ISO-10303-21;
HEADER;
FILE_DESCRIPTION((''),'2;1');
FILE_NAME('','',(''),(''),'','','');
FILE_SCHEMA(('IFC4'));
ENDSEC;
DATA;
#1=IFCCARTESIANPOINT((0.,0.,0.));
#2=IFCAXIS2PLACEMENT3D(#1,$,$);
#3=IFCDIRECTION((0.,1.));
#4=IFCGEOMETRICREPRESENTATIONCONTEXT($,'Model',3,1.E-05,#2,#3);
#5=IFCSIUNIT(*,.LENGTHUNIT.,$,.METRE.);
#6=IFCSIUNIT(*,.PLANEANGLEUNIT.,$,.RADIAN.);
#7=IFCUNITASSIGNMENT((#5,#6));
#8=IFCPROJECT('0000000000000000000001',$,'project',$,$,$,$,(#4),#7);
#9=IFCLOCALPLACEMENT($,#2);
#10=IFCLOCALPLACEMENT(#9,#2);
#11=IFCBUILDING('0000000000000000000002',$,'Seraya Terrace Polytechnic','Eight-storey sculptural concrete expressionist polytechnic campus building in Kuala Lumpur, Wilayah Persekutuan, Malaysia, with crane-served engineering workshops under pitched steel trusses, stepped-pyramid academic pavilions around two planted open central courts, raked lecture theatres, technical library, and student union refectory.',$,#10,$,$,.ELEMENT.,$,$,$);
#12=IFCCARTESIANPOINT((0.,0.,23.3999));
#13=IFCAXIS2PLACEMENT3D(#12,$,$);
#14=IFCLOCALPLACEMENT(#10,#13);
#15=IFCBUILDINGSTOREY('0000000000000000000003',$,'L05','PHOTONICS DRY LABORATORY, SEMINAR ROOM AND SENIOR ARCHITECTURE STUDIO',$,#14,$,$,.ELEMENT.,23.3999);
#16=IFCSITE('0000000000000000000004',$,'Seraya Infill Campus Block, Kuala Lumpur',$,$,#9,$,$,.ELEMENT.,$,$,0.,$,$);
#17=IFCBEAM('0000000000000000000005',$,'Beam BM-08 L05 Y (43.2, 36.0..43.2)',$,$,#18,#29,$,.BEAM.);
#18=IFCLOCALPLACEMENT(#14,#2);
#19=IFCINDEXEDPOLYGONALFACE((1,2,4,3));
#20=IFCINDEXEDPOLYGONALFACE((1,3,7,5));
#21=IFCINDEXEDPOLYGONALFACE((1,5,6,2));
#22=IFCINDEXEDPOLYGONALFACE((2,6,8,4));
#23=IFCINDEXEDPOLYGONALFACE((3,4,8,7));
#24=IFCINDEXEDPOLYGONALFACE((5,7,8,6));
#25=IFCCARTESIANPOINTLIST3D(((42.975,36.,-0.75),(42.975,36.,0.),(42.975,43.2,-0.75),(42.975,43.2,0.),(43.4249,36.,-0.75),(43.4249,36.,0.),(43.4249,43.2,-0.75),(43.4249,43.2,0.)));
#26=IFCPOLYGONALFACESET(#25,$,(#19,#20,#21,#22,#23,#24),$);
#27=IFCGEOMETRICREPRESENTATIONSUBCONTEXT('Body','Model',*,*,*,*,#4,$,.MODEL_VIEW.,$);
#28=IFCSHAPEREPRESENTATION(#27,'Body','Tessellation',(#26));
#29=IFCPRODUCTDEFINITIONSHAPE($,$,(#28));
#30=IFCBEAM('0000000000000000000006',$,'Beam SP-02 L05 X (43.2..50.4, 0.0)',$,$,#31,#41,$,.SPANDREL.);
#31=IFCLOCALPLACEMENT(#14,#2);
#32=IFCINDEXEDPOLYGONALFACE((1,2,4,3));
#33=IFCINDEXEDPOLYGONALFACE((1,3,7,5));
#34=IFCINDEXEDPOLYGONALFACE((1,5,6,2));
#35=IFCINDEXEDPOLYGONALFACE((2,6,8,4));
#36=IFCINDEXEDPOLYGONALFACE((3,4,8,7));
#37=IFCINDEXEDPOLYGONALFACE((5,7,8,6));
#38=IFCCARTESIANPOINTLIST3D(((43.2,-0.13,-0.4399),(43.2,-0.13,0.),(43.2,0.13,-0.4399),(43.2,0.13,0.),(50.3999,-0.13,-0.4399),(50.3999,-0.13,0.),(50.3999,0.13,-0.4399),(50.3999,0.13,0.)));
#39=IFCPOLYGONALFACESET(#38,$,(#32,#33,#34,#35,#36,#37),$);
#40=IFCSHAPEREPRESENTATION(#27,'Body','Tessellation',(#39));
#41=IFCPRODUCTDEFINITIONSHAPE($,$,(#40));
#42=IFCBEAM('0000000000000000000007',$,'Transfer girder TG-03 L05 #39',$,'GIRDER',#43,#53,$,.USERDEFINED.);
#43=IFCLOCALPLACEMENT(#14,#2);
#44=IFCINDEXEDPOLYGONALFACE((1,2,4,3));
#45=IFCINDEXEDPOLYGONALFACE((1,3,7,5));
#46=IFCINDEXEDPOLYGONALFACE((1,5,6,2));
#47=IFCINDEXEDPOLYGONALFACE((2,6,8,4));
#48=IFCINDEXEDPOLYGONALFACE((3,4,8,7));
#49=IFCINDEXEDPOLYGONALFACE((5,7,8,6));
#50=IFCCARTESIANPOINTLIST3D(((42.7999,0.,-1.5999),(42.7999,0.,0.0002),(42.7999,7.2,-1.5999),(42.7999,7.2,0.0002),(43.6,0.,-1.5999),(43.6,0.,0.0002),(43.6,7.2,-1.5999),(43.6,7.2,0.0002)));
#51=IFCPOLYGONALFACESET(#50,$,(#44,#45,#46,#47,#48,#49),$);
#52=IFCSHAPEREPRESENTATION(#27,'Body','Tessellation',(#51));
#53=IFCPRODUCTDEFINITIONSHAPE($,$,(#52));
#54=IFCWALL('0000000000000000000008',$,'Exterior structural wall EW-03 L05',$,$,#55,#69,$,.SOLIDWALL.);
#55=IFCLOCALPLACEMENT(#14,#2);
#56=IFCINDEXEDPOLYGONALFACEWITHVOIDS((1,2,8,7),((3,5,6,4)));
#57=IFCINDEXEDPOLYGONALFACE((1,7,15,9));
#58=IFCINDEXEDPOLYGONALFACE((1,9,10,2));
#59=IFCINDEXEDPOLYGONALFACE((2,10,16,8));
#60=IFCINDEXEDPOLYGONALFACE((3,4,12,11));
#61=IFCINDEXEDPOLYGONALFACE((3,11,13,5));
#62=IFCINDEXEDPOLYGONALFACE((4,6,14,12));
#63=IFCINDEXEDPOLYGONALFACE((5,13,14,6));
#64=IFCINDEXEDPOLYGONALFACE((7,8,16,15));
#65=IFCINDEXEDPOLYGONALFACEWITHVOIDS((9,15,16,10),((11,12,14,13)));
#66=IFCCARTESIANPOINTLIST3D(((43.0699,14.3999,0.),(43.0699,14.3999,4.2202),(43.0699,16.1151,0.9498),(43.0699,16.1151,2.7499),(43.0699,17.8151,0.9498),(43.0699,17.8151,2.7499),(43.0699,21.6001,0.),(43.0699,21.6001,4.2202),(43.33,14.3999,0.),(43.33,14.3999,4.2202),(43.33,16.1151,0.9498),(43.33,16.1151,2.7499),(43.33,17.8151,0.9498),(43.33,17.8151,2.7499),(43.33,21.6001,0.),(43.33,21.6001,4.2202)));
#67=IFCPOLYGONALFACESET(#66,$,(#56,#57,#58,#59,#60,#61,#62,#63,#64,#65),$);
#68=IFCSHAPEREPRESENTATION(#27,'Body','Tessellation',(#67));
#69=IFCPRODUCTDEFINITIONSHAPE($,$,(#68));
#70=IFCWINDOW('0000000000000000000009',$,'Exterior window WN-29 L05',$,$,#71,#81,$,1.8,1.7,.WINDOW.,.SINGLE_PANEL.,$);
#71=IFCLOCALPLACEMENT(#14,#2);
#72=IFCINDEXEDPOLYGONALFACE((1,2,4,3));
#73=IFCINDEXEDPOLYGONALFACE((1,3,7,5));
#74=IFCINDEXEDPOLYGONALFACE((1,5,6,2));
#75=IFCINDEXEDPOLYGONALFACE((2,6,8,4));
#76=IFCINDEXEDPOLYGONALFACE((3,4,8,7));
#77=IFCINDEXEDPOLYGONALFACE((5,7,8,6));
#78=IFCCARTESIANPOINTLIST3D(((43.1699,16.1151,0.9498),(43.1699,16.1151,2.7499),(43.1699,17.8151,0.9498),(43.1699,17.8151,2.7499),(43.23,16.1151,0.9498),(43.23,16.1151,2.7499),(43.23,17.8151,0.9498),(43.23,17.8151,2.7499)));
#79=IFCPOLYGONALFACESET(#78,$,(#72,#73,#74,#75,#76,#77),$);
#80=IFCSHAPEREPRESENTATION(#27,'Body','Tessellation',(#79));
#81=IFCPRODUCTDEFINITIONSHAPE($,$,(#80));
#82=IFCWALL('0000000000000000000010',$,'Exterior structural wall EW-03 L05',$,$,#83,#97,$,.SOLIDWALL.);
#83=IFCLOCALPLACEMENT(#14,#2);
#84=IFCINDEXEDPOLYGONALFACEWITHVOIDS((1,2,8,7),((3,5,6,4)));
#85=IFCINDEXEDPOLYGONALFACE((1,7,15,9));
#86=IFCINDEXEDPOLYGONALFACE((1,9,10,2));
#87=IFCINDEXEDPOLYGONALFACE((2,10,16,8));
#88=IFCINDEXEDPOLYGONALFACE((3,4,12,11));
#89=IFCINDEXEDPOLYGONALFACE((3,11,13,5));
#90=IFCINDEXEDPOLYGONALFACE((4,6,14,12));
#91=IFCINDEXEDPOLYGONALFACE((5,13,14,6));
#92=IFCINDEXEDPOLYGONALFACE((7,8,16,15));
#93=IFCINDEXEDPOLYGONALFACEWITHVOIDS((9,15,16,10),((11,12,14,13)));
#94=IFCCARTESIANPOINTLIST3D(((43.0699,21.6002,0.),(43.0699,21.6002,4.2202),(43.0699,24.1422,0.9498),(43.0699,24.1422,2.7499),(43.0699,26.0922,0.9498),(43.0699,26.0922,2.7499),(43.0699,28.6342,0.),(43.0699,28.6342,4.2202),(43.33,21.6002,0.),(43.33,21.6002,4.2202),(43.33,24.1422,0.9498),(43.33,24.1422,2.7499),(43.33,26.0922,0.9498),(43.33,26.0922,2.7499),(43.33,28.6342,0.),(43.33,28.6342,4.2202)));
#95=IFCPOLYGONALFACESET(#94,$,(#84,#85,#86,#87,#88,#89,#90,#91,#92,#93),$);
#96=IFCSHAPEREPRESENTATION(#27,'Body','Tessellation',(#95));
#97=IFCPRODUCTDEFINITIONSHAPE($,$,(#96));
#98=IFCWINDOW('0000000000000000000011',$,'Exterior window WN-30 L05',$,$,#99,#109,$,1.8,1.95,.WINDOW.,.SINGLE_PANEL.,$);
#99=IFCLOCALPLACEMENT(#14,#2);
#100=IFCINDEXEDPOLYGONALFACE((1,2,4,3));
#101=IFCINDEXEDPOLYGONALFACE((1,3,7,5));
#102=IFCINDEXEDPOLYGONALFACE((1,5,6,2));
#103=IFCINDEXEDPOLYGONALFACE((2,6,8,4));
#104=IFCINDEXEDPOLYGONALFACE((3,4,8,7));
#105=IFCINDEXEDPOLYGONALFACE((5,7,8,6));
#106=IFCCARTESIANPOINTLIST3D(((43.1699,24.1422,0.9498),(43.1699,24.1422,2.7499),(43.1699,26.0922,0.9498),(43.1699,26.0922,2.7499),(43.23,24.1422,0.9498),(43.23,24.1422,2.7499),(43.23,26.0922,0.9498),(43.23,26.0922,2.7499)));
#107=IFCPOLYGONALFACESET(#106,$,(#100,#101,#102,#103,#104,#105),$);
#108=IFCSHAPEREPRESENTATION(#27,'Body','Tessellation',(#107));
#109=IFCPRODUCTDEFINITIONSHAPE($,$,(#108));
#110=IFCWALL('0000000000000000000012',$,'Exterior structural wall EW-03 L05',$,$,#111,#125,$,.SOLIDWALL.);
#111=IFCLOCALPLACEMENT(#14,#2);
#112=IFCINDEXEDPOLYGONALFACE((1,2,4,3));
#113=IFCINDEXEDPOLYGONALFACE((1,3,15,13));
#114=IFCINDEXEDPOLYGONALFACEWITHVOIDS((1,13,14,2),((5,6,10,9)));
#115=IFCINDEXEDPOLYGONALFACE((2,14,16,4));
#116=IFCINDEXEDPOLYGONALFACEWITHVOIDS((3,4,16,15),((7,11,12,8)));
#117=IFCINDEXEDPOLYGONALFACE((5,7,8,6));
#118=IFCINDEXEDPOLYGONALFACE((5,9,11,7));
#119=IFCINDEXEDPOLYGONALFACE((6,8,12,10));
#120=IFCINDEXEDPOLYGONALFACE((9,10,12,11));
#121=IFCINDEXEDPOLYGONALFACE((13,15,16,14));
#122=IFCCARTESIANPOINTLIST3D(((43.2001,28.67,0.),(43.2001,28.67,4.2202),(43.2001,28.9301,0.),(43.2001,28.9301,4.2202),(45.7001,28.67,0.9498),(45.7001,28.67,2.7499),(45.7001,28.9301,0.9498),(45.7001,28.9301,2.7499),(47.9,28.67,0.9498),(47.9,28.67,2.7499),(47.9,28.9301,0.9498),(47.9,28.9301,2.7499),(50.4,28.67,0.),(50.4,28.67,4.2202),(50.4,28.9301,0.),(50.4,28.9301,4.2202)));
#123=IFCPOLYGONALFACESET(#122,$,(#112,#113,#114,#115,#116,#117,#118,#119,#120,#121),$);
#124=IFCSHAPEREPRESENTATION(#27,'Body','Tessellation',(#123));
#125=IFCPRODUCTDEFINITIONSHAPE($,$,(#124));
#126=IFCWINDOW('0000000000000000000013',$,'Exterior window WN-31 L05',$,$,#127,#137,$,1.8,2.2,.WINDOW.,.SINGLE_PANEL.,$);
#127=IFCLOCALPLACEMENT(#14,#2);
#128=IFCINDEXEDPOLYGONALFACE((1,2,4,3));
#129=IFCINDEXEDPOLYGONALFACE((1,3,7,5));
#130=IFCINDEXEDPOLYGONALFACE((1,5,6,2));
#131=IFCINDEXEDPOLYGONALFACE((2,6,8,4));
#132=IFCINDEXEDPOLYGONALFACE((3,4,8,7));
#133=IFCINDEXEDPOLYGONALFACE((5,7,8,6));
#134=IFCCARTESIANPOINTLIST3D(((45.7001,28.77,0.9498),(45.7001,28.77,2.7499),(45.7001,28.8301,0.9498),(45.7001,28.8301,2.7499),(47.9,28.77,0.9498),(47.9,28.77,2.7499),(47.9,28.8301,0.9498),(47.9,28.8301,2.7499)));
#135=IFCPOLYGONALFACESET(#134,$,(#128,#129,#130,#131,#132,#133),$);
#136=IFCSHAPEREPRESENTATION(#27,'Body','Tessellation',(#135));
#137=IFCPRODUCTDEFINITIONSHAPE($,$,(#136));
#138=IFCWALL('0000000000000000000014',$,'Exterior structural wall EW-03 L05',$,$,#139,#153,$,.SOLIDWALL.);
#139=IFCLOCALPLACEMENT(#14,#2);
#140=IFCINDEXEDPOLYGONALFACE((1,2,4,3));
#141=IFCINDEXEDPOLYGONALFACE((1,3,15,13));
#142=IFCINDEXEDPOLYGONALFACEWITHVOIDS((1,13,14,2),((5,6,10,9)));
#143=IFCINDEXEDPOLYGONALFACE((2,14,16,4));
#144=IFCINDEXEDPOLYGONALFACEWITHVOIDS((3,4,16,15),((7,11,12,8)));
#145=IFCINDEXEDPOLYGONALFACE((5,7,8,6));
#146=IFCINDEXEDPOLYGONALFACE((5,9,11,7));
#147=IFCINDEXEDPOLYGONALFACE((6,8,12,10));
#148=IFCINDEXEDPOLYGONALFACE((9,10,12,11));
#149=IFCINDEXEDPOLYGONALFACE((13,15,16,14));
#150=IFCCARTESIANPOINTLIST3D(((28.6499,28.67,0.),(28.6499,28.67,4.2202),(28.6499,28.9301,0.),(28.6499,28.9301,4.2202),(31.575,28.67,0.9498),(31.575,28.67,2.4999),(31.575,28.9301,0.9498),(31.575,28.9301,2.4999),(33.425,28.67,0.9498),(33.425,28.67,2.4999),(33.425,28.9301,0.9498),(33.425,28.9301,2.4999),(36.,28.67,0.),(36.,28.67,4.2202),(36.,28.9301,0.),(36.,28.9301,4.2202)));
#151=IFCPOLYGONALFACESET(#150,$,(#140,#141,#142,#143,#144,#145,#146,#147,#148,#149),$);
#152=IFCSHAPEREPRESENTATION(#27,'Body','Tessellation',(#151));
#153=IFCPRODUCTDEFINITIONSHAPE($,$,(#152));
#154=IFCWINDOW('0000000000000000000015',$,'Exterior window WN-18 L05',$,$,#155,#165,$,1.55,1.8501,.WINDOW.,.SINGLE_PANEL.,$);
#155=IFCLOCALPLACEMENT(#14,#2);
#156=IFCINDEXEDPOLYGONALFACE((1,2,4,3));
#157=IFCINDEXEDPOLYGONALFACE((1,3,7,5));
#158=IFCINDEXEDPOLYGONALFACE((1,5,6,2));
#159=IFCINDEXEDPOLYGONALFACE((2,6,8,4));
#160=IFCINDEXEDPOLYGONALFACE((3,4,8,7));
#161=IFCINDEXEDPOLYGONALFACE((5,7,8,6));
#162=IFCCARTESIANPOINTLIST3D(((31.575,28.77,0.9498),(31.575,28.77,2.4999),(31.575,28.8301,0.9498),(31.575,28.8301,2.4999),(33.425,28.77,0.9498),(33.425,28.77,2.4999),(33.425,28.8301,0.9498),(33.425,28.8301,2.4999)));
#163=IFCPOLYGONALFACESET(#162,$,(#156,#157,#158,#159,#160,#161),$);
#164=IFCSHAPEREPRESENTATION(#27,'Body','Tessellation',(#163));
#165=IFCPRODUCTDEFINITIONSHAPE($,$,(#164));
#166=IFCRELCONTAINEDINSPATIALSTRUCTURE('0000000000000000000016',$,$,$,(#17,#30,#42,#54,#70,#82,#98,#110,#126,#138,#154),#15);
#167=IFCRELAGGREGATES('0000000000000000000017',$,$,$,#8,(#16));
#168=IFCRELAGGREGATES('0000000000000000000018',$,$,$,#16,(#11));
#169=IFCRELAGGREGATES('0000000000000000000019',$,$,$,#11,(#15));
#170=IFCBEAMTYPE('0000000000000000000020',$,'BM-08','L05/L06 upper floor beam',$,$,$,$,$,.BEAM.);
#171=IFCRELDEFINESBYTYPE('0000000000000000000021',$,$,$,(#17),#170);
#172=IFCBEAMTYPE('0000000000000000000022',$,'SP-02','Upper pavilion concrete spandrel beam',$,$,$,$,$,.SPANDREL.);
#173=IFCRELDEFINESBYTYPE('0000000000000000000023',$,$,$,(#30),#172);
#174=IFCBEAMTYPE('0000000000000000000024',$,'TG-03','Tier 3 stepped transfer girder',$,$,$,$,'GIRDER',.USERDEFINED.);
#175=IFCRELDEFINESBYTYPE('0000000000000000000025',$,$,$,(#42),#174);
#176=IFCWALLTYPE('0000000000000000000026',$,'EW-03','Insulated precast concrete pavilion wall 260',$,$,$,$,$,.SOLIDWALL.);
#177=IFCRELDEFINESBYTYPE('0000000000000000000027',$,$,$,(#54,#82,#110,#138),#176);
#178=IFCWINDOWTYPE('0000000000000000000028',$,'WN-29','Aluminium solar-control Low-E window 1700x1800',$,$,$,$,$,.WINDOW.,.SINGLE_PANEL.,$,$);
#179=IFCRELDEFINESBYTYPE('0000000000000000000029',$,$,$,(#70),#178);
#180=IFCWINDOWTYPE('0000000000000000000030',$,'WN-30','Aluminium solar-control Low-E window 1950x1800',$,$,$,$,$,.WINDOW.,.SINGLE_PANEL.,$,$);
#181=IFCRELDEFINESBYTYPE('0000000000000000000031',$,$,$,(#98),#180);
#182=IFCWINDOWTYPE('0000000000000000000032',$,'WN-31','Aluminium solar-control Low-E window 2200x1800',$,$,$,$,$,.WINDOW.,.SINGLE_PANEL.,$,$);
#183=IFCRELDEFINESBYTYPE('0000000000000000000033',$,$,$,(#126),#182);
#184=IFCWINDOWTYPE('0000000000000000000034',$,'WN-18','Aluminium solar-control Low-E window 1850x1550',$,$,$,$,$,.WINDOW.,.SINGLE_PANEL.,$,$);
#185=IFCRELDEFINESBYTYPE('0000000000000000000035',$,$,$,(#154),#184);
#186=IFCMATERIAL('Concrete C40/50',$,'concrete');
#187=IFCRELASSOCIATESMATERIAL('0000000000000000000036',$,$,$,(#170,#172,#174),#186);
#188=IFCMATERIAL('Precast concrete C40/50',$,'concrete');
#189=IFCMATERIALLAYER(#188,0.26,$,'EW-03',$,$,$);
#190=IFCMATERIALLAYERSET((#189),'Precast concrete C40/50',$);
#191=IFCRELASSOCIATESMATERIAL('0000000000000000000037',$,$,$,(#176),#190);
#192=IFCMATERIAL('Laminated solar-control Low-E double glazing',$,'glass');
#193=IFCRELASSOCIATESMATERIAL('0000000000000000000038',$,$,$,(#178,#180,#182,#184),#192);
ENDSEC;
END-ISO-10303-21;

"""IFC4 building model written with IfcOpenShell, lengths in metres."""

from ifc_helpers import new_model, si_unit, direction, frame, frame_2d, origin, origin_2d, place, context, subcontext, project, spatial, rectangle, extrude, material, layer, layer_set, material_profile, profile_set, type_object, element, fill, save


model = new_model("IFC4")

# Units and contexts
model_context = context("Model", 3, precision=1e-05, world=origin(), true_north=direction((0.0, 1.0)))
body_context = subcontext(model_context, "Body", "Model", "MODEL_VIEW")
ifc_project = project(units=[si_unit("LENGTHUNIT", "METRE"), si_unit("PLANEANGLEUNIT", "RADIAN")], contexts=[model_context])

# Site, building, storey
site_placement = place(None, origin())
site = spatial("IfcSite", under=ifc_project, at=site_placement, Name="Seraya Infill Campus Block, Kuala Lumpur", CompositionType="ELEMENT", RefElevation=0.0)
building_placement = place(site_placement, origin())
building = spatial("IfcBuilding", under=site, at=building_placement, Name="Seraya Terrace Polytechnic", Description="Eight-storey sculptural concrete expressionist polytechnic campus building in Kuala Lumpur, Wilayah Persekutuan, Malaysia, with crane-served engineering workshops under pitched steel trusses, stepped-pyramid academic pavilions around two planted open central courts, raked lecture theatres, technical library, and student union refectory.", CompositionType="ELEMENT")
storey_placement = place(building_placement, frame((0.0, 0.0, 23.3999)))
storey = spatial("IfcBuildingStorey", under=building, at=storey_placement, Name="L05", Description="PHOTONICS DRY LABORATORY, SEMINAR ROOM AND SENIOR ARCHITECTURE STUDIO", CompositionType="ELEMENT", Elevation=23.3999)

# Shared definitions
ifc_material_1 = material(Name="Concrete C40/50", Category="concrete")

# Beams
ifc_material_profile_1 = material_profile(ifc_material_1, rectangle(XDim=0.45, YDim=0.75, at=origin_2d()), Name="RC 450x750")
ifc_profile_set_1 = profile_set([ifc_material_profile_1], Name="Concrete C40/50")
beam_type_1 = type_object("IfcBeamType", Name="BM-08", Description="L05/L06 upper floor beam", PredefinedType="BEAM", material=ifc_profile_set_1)
for number, where, z_axis, x_axis, name in (
    (1, (43.2, 36.0, -0.375), (0.0, 1.0, 0.0), (-1.0, 0.0, 0.0), "Beam BM-08 L05 Y (43.2, 36.0..43.2)"),
):
    element("IfcBeam", number, at=place(storey_placement, frame(where, z_axis=z_axis, x_axis=x_axis)), inside=storey, type_object=beam_type_1, Name=name, PredefinedType="BEAM", context=body_context, shape_type="SweptSolid", body=[
        extrude(rectangle(XDim=0.45, YDim=0.75, at=origin_2d()), origin(), (0.0, 0.0, 1.0), 7.2),
    ])
ifc_material_profile_2 = material_profile(ifc_material_1, rectangle(XDim=0.26, YDim=0.4399, at=origin_2d()), Name="RC 260x440")
ifc_profile_set_2 = profile_set([ifc_material_profile_2], Name="Concrete C40/50")
beam_type_2 = type_object("IfcBeamType", Name="SP-02", Description="Upper pavilion concrete spandrel beam", PredefinedType="SPANDREL", material=ifc_profile_set_2)
beam_1_placement = place(storey_placement, frame((43.2, 0.0, -0.22), z_axis=(1.0, 0.0, 0.0), x_axis=(0.0, 1.0, 0.0)))
element("IfcBeam", 2, at=beam_1_placement, inside=storey, type_object=beam_type_2, Name="Beam SP-02 L05 X (43.2..50.4, 0.0)", PredefinedType="SPANDREL", context=body_context, shape_type="SweptSolid", body=[
    extrude(rectangle(XDim=0.26, YDim=0.4399, at=origin_2d()), origin(), (0.0, 0.0, 1.0), 7.2),
])
ifc_material_profile_3 = material_profile(ifc_material_1, rectangle(XDim=0.8, YDim=1.6001, at=origin_2d()), Name="RC 800x1600")
ifc_profile_set_3 = profile_set([ifc_material_profile_3], Name="Concrete C40/50")
beam_type_3 = type_object("IfcBeamType", Name="TG-03", Description="Tier 3 stepped transfer girder", ElementType="GIRDER", PredefinedType="USERDEFINED", material=ifc_profile_set_3)
beam_2_placement = place(storey_placement, frame((43.2, 0.0, -0.7998), z_axis=(0.0, 1.0, 0.0), x_axis=(-1.0, 0.0, 0.0)))
element("IfcBeam", 3, at=beam_2_placement, inside=storey, type_object=beam_type_3, Name="Transfer girder TG-03 L05 #39", ObjectType="GIRDER", PredefinedType="USERDEFINED", context=body_context, shape_type="SweptSolid", body=[
    extrude(rectangle(XDim=0.8, YDim=1.6001, at=origin_2d()), origin(), (0.0, 0.0, 1.0), 7.2),
])

# Walls, openings, windows
ifc_material_2 = material(Name="Precast concrete C40/50", Category="concrete")
ifc_layer_1 = layer(ifc_material_2, 0.26, Name="EW-03")
ifc_layer_set_1 = layer_set([ifc_layer_1], Name="Precast concrete C40/50")
wall_type_1 = type_object("IfcWallType", Name="EW-03", Description="Insulated precast concrete pavilion wall 260", PredefinedType="SOLIDWALL", material=ifc_layer_set_1)
wall_1_placement = place(storey_placement, frame((43.2, 14.3999, 0.0), z_axis=(0.0, 0.0, 1.0), x_axis=(0.0, 1.0, 0.0)))
wall_1 = element("IfcWall", 4, at=wall_1_placement, inside=storey, type_object=wall_type_1, Name="Exterior structural wall EW-03 L05", PredefinedType="SOLIDWALL", context=body_context, shape_type="SweptSolid", body=[
    extrude(rectangle(XDim=7.2002, YDim=0.26, at=frame_2d((3.6001, 0.0))), origin(), (0.0, 0.0, 1.0), 4.2202),
])
opening_1_placement = place(wall_1_placement, frame((1.7151, 0.0, 0.95)))
opening_1 = element("IfcOpeningElement", 5, at=opening_1_placement, cuts=wall_1, PredefinedType="OPENING", context=body_context, shape_type="SweptSolid", body=[
    extrude(rectangle(XDim=1.7, YDim=1.8, at=frame_2d((0.8501, 0.8999))), frame((0.0, 0.1421, 0.0), z_axis=(0.0, -1.0, 0.0), x_axis=(1.0, 0.0, 0.0)), (0.0, 0.0, 1.0), 0.2839),
])
ifc_material_3 = material(Name="Laminated solar-control Low-E double glazing", Category="glass")
window_type_1 = type_object("IfcWindowType", Name="WN-29", Description="Aluminium solar-control Low-E window 1700x1800", PartitioningType="SINGLE_PANEL", PredefinedType="WINDOW", material=ifc_material_3)
window_1_placement = place(opening_1_placement, origin())
window_1 = element("IfcWindow", 6, at=window_1_placement, inside=storey, type_object=window_type_1, Name="Exterior window WN-29 L05", OverallHeight=1.8, OverallWidth=1.7, PartitioningType="SINGLE_PANEL", PredefinedType="WINDOW", context=body_context, shape_type="SweptSolid", body=[
    extrude(rectangle(XDim=1.7, YDim=1.8, at=frame_2d((0.8501, 0.8999))), frame((0.0, 0.03, 0.0), z_axis=(0.0, -1.0, 0.0), x_axis=(1.0, 0.0, 0.0)), (0.0, 0.0, 1.0), 0.0601),
])
fill(opening_1, window_1)
wall_2_placement = place(storey_placement, frame((43.2, 21.6001, 0.0), z_axis=(0.0, 0.0, 1.0), x_axis=(0.0, 1.0, 0.0)))
wall_2 = element("IfcWall", 7, at=wall_2_placement, inside=storey, type_object=wall_type_1, Name="Exterior structural wall EW-03 L05", PredefinedType="SOLIDWALL", context=body_context, shape_type="SweptSolid", body=[
    extrude(rectangle(XDim=7.0339, YDim=0.26, at=frame_2d((3.5171, 0.0))), origin(), (0.0, 0.0, 1.0), 4.2202),
])
opening_2_placement = place(wall_2_placement, frame((2.542, 0.0, 0.95)))
opening_2 = element("IfcOpeningElement", 8, at=opening_2_placement, cuts=wall_2, PredefinedType="OPENING", context=body_context, shape_type="SweptSolid", body=[
    extrude(rectangle(XDim=1.95, YDim=1.8, at=frame_2d((0.9751, 0.8999))), frame((0.0, 0.1421, 0.0), z_axis=(0.0, -1.0, 0.0), x_axis=(1.0, 0.0, 0.0)), (0.0, 0.0, 1.0), 0.2839),
])
window_type_2 = type_object("IfcWindowType", Name="WN-30", Description="Aluminium solar-control Low-E window 1950x1800", PartitioningType="SINGLE_PANEL", PredefinedType="WINDOW", material=ifc_material_3)
window_2_placement = place(opening_2_placement, origin())
window_2 = element("IfcWindow", 9, at=window_2_placement, inside=storey, type_object=window_type_2, Name="Exterior window WN-30 L05", OverallHeight=1.8, OverallWidth=1.95, PartitioningType="SINGLE_PANEL", PredefinedType="WINDOW", context=body_context, shape_type="SweptSolid", body=[
    extrude(rectangle(XDim=1.95, YDim=1.8, at=frame_2d((0.9751, 0.8999))), frame((0.0, 0.03, 0.0), z_axis=(0.0, -1.0, 0.0), x_axis=(1.0, 0.0, 0.0)), (0.0, 0.0, 1.0), 0.0601),
])
fill(opening_2, window_2)
wall_3_placement = place(storey_placement, frame((43.2, 28.8, 0.0), z_axis=(0.0, 0.0, 1.0), x_axis=(1.0, 0.0, 0.0)))
wall_3 = element("IfcWall", 10, at=wall_3_placement, inside=storey, type_object=wall_type_1, Name="Exterior structural wall EW-03 L05", PredefinedType="SOLIDWALL", context=body_context, shape_type="SweptSolid", body=[
    extrude(rectangle(XDim=7.2, YDim=0.26, at=frame_2d((3.6001, 0.0))), origin(), (0.0, 0.0, 1.0), 4.2202),
])
opening_3_placement = place(wall_3_placement, frame((2.5, 0.0, 0.95)))
opening_3 = element("IfcOpeningElement", 11, at=opening_3_placement, cuts=wall_3, PredefinedType="OPENING", context=body_context, shape_type="SweptSolid", body=[
    extrude(rectangle(XDim=2.2, YDim=1.8, at=frame_2d((1.1001, 0.8999))), frame((0.0, 0.1421, 0.0), z_axis=(0.0, -1.0, 0.0), x_axis=(1.0, 0.0, 0.0)), (0.0, 0.0, 1.0), 0.2839),
])
window_type_3 = type_object("IfcWindowType", Name="WN-31", Description="Aluminium solar-control Low-E window 2200x1800", PartitioningType="SINGLE_PANEL", PredefinedType="WINDOW", material=ifc_material_3)
window_3_placement = place(opening_3_placement, origin())
window_3 = element("IfcWindow", 12, at=window_3_placement, inside=storey, type_object=window_type_3, Name="Exterior window WN-31 L05", OverallHeight=1.8, OverallWidth=2.2, PartitioningType="SINGLE_PANEL", PredefinedType="WINDOW", context=body_context, shape_type="SweptSolid", body=[
    extrude(rectangle(XDim=2.2, YDim=1.8, at=frame_2d((1.1001, 0.8999))), frame((0.0, 0.03, 0.0), z_axis=(0.0, -1.0, 0.0), x_axis=(1.0, 0.0, 0.0)), (0.0, 0.0, 1.0), 0.0601),
])
fill(opening_3, window_3)
wall_4_placement = place(storey_placement, frame((36.0, 28.8, 0.0), z_axis=(0.0, 0.0, 1.0), x_axis=(-1.0, 0.0, 0.0)))
wall_4 = element("IfcWall", 13, at=wall_4_placement, inside=storey, type_object=wall_type_1, Name="Exterior structural wall EW-03 L05", PredefinedType="SOLIDWALL", context=body_context, shape_type="SweptSolid", body=[
    extrude(rectangle(XDim=7.3501, YDim=0.26, at=frame_2d((3.675, 0.0))), origin(), (0.0, 0.0, 1.0), 4.2202),
])
opening_4_placement = place(wall_4_placement, frame((2.575, 0.0, 0.95)))
opening_4 = element("IfcOpeningElement", 14, at=opening_4_placement, cuts=wall_4, PredefinedType="OPENING", context=body_context, shape_type="SweptSolid", body=[
    extrude(rectangle(XDim=1.8501, YDim=1.55, at=frame_2d((0.925, 0.7749))), frame((0.0, 0.1421, 0.0), z_axis=(0.0, -1.0, 0.0), x_axis=(1.0, 0.0, 0.0)), (0.0, 0.0, 1.0), 0.2839),
])
window_type_4 = type_object("IfcWindowType", Name="WN-18", Description="Aluminium solar-control Low-E window 1850x1550", PartitioningType="SINGLE_PANEL", PredefinedType="WINDOW", material=ifc_material_3)
window_4_placement = place(opening_4_placement, origin())
window_4 = element("IfcWindow", 15, at=window_4_placement, inside=storey, type_object=window_type_4, Name="Exterior window WN-18 L05", OverallHeight=1.55, OverallWidth=1.8501, PartitioningType="SINGLE_PANEL", PredefinedType="WINDOW", context=body_context, shape_type="SweptSolid", body=[
    extrude(rectangle(XDim=1.8501, YDim=1.55, at=frame_2d((0.925, 0.7749))), frame((0.0, 0.03, 0.0), z_axis=(0.0, -1.0, 0.0), x_axis=(1.0, 0.0, 0.0)), (0.0, 0.0, 1.0), 0.0601),
])
fill(opening_4, window_4)

save(model, "model.ifc")
